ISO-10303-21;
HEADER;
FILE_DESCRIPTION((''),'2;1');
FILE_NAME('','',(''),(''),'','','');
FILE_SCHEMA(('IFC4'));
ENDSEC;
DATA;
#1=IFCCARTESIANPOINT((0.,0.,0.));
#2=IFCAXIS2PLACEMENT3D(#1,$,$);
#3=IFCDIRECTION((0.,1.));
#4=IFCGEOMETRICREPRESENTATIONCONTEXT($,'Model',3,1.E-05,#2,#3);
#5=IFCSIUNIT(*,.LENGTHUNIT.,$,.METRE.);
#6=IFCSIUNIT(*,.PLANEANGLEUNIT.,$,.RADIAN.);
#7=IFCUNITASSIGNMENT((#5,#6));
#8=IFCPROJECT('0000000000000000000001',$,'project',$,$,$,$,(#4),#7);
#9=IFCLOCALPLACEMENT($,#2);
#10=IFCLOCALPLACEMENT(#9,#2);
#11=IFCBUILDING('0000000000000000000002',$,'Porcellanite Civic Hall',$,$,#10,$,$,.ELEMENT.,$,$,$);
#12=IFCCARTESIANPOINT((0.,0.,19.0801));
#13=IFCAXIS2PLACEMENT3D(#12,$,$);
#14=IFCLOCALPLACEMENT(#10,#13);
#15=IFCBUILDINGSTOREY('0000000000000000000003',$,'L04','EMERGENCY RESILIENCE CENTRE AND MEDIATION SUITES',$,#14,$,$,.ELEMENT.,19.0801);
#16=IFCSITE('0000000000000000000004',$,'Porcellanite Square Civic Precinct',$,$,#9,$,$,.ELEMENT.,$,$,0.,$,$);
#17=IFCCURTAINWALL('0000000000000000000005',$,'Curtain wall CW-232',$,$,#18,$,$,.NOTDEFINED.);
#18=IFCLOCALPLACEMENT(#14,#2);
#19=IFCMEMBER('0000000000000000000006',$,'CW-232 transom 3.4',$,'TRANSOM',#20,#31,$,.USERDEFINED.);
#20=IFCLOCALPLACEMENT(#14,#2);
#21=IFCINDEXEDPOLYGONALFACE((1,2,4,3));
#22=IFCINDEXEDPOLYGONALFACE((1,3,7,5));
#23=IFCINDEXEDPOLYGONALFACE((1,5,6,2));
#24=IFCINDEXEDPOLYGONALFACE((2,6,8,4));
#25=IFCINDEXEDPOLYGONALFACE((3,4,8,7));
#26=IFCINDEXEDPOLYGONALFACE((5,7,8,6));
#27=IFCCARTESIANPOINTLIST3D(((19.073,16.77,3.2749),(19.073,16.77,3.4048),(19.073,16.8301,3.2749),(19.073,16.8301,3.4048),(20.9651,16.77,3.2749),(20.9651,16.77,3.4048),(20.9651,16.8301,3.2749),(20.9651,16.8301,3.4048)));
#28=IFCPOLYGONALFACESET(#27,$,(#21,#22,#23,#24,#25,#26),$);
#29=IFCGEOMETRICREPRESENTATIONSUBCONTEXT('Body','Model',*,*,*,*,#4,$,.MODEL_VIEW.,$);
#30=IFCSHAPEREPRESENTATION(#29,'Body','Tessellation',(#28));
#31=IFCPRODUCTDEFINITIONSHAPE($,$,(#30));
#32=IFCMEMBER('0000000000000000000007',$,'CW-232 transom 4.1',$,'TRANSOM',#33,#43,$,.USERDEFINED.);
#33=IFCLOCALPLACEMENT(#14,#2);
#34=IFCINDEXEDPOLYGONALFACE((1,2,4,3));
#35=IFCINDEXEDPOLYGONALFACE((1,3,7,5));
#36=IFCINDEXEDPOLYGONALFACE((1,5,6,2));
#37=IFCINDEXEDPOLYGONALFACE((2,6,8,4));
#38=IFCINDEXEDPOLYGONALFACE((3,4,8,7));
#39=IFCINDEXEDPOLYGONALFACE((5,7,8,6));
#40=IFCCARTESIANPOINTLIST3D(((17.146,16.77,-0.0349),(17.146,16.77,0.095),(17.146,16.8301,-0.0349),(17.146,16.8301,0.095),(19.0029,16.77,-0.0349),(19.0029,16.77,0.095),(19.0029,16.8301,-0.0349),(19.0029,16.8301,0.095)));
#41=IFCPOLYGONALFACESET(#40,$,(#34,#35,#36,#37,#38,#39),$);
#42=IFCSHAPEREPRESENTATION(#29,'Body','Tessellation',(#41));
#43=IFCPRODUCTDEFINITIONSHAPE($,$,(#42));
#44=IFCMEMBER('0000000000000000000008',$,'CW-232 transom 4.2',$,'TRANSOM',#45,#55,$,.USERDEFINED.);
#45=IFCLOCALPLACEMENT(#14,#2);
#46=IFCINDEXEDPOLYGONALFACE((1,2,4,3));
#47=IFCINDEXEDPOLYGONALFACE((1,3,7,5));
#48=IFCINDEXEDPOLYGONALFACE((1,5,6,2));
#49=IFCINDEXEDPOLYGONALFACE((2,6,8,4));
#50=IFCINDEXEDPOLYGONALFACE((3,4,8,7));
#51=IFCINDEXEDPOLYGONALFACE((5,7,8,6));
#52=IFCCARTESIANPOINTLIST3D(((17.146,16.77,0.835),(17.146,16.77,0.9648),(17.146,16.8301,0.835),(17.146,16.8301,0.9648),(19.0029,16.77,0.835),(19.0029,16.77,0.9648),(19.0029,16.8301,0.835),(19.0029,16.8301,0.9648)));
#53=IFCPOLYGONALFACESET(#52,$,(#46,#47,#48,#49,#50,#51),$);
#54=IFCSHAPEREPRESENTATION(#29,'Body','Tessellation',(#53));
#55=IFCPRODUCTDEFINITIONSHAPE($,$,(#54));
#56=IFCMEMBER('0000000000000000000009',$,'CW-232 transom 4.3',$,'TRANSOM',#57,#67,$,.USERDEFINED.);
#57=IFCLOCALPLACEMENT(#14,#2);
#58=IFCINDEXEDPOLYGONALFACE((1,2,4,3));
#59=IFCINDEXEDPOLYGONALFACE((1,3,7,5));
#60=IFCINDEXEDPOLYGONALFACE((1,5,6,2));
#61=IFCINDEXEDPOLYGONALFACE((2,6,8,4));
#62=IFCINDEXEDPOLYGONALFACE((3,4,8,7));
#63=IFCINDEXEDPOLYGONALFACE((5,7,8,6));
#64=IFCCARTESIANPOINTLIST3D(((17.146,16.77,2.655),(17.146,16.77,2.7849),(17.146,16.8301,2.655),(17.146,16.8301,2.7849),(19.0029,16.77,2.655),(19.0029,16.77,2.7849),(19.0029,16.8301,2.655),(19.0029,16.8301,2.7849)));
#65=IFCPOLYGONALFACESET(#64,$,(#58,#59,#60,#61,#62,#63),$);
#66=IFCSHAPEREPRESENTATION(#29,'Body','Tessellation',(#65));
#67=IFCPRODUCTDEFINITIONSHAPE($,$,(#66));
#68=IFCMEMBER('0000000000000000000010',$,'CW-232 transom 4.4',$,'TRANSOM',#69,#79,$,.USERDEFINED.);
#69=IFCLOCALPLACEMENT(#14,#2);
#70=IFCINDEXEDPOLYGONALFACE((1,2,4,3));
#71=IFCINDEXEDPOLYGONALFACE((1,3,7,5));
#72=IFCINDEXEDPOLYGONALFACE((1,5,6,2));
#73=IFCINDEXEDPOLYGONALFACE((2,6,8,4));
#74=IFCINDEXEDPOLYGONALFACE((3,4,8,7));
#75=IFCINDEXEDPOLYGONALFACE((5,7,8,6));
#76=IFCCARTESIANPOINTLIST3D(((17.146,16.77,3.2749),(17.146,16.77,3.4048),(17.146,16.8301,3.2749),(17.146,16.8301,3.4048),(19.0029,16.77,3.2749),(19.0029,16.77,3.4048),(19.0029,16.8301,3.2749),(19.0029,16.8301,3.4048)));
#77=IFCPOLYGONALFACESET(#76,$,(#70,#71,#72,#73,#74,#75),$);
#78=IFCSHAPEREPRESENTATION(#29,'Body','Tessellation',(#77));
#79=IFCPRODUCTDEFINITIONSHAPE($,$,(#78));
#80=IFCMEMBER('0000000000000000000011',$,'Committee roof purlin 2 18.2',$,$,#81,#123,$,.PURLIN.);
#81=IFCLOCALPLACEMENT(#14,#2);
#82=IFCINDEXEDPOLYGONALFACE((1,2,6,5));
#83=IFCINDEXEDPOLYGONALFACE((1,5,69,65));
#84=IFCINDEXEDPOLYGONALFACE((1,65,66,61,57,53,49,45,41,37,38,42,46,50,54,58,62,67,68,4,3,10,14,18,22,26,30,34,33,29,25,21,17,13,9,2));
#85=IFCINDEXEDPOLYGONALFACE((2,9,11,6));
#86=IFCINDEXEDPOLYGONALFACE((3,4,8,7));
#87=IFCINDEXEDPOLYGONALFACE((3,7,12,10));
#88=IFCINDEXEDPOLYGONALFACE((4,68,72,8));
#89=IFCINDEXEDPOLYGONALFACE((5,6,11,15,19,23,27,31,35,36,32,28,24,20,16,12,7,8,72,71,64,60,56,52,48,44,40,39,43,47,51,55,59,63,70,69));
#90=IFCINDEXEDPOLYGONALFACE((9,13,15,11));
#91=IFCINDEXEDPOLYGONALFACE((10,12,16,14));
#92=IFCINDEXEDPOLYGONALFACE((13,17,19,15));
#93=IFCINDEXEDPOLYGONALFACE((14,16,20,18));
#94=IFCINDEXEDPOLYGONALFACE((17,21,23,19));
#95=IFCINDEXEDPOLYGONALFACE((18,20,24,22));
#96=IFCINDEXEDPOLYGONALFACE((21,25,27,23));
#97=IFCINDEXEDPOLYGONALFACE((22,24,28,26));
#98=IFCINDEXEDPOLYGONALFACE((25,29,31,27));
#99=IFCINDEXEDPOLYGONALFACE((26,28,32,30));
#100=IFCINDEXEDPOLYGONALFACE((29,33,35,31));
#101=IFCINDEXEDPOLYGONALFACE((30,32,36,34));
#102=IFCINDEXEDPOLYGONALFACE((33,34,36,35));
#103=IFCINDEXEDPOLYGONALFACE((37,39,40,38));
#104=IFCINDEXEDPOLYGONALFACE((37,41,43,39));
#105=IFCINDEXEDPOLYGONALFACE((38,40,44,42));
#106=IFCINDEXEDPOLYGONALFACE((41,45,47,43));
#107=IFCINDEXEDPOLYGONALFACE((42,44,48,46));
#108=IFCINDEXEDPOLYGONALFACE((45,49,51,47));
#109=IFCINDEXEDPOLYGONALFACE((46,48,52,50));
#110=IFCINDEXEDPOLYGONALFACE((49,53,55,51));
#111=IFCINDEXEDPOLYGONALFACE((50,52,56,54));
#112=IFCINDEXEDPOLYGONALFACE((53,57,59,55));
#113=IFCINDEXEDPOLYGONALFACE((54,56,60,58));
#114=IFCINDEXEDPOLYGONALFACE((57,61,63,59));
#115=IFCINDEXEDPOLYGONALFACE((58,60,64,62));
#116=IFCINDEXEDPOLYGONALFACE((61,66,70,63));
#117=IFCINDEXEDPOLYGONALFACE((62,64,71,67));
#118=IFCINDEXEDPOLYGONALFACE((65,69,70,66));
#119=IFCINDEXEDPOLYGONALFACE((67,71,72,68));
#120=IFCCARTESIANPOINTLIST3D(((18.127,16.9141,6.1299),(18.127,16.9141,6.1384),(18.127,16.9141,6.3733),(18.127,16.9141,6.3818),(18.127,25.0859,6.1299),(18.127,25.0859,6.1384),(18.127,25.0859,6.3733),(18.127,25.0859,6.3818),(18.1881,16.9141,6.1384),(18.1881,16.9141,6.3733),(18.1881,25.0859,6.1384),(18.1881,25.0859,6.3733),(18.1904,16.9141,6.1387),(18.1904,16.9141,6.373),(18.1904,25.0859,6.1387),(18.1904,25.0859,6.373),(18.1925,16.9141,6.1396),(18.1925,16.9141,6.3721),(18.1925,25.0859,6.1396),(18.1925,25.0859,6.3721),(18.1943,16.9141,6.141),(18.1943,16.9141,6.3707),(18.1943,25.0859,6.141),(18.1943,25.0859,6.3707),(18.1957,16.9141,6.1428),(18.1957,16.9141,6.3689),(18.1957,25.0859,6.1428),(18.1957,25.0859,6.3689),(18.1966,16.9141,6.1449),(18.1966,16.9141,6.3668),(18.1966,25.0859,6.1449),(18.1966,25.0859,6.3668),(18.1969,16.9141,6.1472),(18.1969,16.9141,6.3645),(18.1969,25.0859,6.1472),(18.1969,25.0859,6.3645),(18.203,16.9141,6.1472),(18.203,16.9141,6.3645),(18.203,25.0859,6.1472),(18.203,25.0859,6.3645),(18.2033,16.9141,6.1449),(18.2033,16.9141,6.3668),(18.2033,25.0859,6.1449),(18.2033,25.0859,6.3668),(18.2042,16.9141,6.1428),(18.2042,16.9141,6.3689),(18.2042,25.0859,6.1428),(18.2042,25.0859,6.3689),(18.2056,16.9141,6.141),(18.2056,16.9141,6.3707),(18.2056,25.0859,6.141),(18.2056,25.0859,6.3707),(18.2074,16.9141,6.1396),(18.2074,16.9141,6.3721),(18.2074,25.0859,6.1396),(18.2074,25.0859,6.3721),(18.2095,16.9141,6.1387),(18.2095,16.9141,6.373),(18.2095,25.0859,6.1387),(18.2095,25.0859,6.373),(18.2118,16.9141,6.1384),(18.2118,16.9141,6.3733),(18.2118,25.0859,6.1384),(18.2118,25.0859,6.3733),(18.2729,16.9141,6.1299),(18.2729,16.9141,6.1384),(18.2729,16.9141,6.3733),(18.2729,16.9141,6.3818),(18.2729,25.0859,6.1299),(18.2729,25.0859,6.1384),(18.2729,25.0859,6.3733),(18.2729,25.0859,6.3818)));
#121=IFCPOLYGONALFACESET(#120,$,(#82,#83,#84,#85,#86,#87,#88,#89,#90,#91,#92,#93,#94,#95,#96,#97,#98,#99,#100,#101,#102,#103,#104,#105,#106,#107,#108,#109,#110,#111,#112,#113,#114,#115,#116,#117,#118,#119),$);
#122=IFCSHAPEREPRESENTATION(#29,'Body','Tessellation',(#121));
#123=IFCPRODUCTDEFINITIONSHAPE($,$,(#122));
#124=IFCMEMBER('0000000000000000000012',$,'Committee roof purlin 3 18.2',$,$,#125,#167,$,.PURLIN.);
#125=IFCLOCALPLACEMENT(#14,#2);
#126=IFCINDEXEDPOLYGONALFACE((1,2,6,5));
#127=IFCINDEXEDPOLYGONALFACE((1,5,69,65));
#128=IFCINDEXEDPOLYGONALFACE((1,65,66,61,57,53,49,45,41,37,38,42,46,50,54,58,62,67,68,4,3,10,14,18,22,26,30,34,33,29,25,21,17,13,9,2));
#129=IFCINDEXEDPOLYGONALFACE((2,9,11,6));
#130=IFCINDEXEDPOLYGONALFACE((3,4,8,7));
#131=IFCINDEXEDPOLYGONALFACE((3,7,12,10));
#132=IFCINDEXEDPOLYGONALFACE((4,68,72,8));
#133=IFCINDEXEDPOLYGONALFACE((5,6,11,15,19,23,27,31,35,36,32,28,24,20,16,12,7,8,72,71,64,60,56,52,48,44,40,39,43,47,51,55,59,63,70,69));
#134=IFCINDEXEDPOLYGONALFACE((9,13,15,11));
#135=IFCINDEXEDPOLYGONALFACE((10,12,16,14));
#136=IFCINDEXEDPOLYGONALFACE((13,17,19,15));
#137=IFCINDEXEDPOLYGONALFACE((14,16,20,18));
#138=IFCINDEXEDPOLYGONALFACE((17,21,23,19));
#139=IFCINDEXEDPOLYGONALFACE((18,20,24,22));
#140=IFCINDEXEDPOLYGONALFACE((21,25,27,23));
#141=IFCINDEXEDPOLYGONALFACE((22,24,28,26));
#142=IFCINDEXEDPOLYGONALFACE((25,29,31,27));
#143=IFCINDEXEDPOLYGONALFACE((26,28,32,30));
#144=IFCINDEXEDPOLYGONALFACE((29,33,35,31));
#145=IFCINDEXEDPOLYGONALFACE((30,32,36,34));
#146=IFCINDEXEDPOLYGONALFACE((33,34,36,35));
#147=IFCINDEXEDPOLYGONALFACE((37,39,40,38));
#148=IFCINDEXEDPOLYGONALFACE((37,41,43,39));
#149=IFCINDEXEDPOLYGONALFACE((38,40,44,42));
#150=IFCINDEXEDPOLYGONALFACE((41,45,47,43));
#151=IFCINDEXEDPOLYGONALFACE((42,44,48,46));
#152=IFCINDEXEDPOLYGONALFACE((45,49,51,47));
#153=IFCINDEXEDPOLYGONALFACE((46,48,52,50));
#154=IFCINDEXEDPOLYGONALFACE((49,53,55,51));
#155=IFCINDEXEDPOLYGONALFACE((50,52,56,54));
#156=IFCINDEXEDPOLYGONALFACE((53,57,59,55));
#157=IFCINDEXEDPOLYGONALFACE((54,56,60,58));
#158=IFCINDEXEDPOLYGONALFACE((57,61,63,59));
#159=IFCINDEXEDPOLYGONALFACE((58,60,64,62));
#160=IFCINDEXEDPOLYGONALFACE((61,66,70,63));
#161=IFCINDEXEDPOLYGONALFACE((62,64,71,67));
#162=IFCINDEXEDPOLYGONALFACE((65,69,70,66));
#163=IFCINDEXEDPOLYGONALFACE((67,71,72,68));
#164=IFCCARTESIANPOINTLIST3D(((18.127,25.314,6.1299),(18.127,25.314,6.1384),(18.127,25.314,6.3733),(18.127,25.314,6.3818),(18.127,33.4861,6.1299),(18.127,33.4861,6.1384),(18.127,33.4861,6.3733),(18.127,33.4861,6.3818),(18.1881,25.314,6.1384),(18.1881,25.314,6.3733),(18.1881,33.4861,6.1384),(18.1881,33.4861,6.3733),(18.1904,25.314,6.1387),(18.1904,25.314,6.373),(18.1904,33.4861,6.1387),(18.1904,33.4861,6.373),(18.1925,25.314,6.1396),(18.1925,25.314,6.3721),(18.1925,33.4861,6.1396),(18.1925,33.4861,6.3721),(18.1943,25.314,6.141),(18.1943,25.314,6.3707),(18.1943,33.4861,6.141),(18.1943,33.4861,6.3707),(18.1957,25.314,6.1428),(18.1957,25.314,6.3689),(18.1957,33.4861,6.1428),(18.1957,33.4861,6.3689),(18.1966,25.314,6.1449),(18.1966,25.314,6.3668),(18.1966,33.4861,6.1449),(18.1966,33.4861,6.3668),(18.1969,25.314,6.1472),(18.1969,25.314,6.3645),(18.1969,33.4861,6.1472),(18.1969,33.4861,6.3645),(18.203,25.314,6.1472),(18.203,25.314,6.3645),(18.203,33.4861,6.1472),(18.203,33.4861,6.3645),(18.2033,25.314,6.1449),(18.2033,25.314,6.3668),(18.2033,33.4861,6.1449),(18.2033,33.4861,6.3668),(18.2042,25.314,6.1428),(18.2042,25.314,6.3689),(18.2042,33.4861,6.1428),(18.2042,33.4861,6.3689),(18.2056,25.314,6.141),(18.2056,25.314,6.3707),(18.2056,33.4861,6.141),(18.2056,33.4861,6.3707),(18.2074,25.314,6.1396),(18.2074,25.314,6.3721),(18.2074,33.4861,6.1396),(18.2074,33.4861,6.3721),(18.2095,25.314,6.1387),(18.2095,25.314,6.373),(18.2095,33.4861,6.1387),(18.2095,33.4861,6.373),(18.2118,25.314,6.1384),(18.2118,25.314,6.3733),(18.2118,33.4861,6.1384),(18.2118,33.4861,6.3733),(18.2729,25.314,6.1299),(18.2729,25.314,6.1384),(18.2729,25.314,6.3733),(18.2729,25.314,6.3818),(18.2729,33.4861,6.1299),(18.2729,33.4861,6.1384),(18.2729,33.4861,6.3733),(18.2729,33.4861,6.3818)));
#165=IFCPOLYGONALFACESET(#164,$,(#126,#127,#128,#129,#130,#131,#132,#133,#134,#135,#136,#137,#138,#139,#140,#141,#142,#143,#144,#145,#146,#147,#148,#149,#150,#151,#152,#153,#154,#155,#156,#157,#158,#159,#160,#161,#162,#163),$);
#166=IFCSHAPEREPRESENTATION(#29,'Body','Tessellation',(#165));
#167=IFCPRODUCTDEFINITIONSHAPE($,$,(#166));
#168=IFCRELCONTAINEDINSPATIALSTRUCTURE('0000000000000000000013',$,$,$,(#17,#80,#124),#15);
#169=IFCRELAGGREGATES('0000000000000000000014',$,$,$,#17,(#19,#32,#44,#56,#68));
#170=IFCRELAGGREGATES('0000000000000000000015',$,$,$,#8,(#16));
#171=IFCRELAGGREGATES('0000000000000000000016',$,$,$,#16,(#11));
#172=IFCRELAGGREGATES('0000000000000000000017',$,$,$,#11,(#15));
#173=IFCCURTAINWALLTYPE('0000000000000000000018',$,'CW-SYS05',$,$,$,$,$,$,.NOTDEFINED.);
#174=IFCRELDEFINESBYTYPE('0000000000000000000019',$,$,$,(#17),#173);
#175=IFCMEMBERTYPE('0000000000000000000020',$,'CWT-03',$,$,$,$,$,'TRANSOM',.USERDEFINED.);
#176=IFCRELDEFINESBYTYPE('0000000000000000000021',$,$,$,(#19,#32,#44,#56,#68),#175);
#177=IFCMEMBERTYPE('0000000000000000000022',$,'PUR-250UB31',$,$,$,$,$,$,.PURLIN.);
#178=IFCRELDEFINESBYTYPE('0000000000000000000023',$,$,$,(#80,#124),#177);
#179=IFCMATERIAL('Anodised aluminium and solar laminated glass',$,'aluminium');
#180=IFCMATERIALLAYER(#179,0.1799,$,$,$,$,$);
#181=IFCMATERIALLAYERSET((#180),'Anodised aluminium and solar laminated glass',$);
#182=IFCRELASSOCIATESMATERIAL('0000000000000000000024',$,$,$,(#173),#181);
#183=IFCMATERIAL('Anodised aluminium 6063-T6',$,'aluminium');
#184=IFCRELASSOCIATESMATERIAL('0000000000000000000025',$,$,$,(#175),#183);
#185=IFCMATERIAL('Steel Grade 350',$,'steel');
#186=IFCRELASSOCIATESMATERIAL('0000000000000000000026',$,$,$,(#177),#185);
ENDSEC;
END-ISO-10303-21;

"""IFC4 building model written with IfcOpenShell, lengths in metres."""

from ifc_helpers import new_model, si_unit, direction, frame, origin, origin_2d, place, context, subcontext, project, spatial, rectangle, i_section, extrude, material, layer, layer_set, material_profile, profile_set, type_object, element, aggregate, save


model = new_model("IFC4")

# Units and contexts
model_context = context("Model", 3, precision=1e-05, world=origin(), true_north=direction((0.0, 1.0)))
body_context = subcontext(model_context, "Body", "Model", "MODEL_VIEW")
ifc_project = project(units=[si_unit("LENGTHUNIT", "METRE"), si_unit("PLANEANGLEUNIT", "RADIAN")], contexts=[model_context])

# Site, building, storey
site_placement = place(None, origin())
site = spatial("IfcSite", under=ifc_project, at=site_placement, Name="Porcellanite Square Civic Precinct", CompositionType="ELEMENT", RefElevation=0.0)
building_placement = place(site_placement, origin())
building = spatial("IfcBuilding", under=site, at=building_placement, Name="Porcellanite Civic Hall", CompositionType="ELEMENT")
storey_placement = place(building_placement, frame((0.0, 0.0, 19.0801)))
storey = spatial("IfcBuildingStorey", under=building, at=storey_placement, Name="L04", Description="EMERGENCY RESILIENCE CENTRE AND MEDIATION SUITES", CompositionType="ELEMENT", Elevation=19.0801)

# Curtain wall, members
ifc_material_1 = material(Name="Anodised aluminium and solar laminated glass", Category="aluminium")
ifc_layer_1 = layer(ifc_material_1, 0.1799)
ifc_layer_set_1 = layer_set([ifc_layer_1], Name="Anodised aluminium and solar laminated glass")
curtain_wall_type = type_object("IfcCurtainWallType", Name="CW-SYS05", PredefinedType="NOTDEFINED", material=ifc_layer_set_1)
curtain_wall_placement = place(storey_placement, origin())
curtain_wall = element("IfcCurtainWall", 1, at=curtain_wall_placement, inside=storey, type_object=curtain_wall_type, Name="Curtain wall CW-232", PredefinedType="NOTDEFINED")
ifc_material_2 = material(Name="Anodised aluminium 6063-T6", Category="aluminium")
ifc_material_profile_1 = material_profile(ifc_material_2, rectangle(XDim=0.0601, YDim=0.1299, at=origin_2d()), Name="AL-60x130")
ifc_profile_set_1 = profile_set([ifc_material_profile_1], Name="Anodised aluminium 6063-T6")
member_type_1 = type_object("IfcMemberType", Name="CWT-03", ElementType="TRANSOM", PredefinedType="USERDEFINED", material=ifc_profile_set_1)
member_1_placement = place(storey_placement, frame((20.9651, 16.8, 3.3398), z_axis=(-1.0, 0.0, 0.0), x_axis=(0.0, -1.0, 0.0)))
member_1 = element("IfcMember", 2, at=member_1_placement, type_object=member_type_1, Name="CW-232 transom 3.4", ObjectType="TRANSOM", PredefinedType="USERDEFINED", context=body_context, shape_type="SweptSolid", body=[
    extrude(rectangle(XDim=0.0601, YDim=0.1299, at=origin_2d()), origin(), (0.0, 0.0, 1.0), 1.8921),
])
member_2_placement = place(storey_placement, frame((19.0029, 16.8, 0.03), z_axis=(-1.0, 0.0, 0.0), x_axis=(0.0, -1.0, 0.0)))
member_2 = element("IfcMember", 3, at=member_2_placement, type_object=member_type_1, Name="CW-232 transom 4.1", ObjectType="TRANSOM", PredefinedType="USERDEFINED", context=body_context, shape_type="SweptSolid", body=[
    extrude(rectangle(XDim=0.0601, YDim=0.1299, at=origin_2d()), origin(), (0.0, 0.0, 1.0), 1.8569),
])
member_3_placement = place(storey_placement, frame((19.0029, 16.8, 0.8999), z_axis=(-1.0, 0.0, 0.0), x_axis=(0.0, -1.0, 0.0)))
member_3 = element("IfcMember", 4, at=member_3_placement, type_object=member_type_1, Name="CW-232 transom 4.2", ObjectType="TRANSOM", PredefinedType="USERDEFINED", context=body_context, shape_type="SweptSolid", body=[
    extrude(rectangle(XDim=0.0601, YDim=0.1299, at=origin_2d()), origin(), (0.0, 0.0, 1.0), 1.8569),
])
member_4_placement = place(storey_placement, frame((19.0029, 16.8, 2.72), z_axis=(-1.0, 0.0, 0.0), x_axis=(0.0, -1.0, 0.0)))
member_4 = element("IfcMember", 5, at=member_4_placement, type_object=member_type_1, Name="CW-232 transom 4.3", ObjectType="TRANSOM", PredefinedType="USERDEFINED", context=body_context, shape_type="SweptSolid", body=[
    extrude(rectangle(XDim=0.0601, YDim=0.1299, at=origin_2d()), origin(), (0.0, 0.0, 1.0), 1.8569),
])
member_5_placement = place(storey_placement, frame((19.0029, 16.8, 3.3398), z_axis=(-1.0, 0.0, 0.0), x_axis=(0.0, -1.0, 0.0)))
member_5 = element("IfcMember", 6, at=member_5_placement, type_object=member_type_1, Name="CW-232 transom 4.4", ObjectType="TRANSOM", PredefinedType="USERDEFINED", context=body_context, shape_type="SweptSolid", body=[
    extrude(rectangle(XDim=0.0601, YDim=0.1299, at=origin_2d()), origin(), (0.0, 0.0, 1.0), 1.8569),
])

# Members
ifc_material_3 = material(Name="Steel Grade 350", Category="steel")
ifc_material_profile_2 = material_profile(ifc_material_3, i_section(OverallWidth=0.146, OverallDepth=0.252, WebThickness=0.0061, FlangeThickness=0.0085, FilletRadius=0.0088, at=origin_2d()), Name="250UB31.4")
ifc_profile_set_2 = profile_set([ifc_material_profile_2], Name="Steel Grade 350")
member_type_2 = type_object("IfcMemberType", Name="PUR-250UB31", PredefinedType="PURLIN", material=ifc_profile_set_2)
member_6_placement = place(storey_placement, frame((18.2, 16.9141, 6.2559), z_axis=(0.0, 1.0, 0.0), x_axis=(-1.0, 0.0, 0.0)))
element("IfcMember", 7, at=member_6_placement, inside=storey, type_object=member_type_2, Name="Committee roof purlin 2 18.2", PredefinedType="PURLIN", context=body_context, shape_type="SweptSolid", body=[
    extrude(i_section(OverallWidth=0.146, OverallDepth=0.252, WebThickness=0.0061, FlangeThickness=0.0085, FilletRadius=0.0088, at=origin_2d()), origin(), (0.0, 0.0, 1.0), 8.1719),
])
member_7_placement = place(storey_placement, frame((18.2, 25.314, 6.2559), z_axis=(0.0, 1.0, 0.0), x_axis=(-1.0, 0.0, 0.0)))
element("IfcMember", 8, at=member_7_placement, inside=storey, type_object=member_type_2, Name="Committee roof purlin 3 18.2", PredefinedType="PURLIN", context=body_context, shape_type="SweptSolid", body=[
    extrude(i_section(OverallWidth=0.146, OverallDepth=0.252, WebThickness=0.0061, FlangeThickness=0.0085, FilletRadius=0.0088, at=origin_2d()), origin(), (0.0, 0.0, 1.0), 8.1721),
])

aggregate(curtain_wall, [member_1, member_2, member_3, member_4, member_5])

save(model, "model.ifc")
